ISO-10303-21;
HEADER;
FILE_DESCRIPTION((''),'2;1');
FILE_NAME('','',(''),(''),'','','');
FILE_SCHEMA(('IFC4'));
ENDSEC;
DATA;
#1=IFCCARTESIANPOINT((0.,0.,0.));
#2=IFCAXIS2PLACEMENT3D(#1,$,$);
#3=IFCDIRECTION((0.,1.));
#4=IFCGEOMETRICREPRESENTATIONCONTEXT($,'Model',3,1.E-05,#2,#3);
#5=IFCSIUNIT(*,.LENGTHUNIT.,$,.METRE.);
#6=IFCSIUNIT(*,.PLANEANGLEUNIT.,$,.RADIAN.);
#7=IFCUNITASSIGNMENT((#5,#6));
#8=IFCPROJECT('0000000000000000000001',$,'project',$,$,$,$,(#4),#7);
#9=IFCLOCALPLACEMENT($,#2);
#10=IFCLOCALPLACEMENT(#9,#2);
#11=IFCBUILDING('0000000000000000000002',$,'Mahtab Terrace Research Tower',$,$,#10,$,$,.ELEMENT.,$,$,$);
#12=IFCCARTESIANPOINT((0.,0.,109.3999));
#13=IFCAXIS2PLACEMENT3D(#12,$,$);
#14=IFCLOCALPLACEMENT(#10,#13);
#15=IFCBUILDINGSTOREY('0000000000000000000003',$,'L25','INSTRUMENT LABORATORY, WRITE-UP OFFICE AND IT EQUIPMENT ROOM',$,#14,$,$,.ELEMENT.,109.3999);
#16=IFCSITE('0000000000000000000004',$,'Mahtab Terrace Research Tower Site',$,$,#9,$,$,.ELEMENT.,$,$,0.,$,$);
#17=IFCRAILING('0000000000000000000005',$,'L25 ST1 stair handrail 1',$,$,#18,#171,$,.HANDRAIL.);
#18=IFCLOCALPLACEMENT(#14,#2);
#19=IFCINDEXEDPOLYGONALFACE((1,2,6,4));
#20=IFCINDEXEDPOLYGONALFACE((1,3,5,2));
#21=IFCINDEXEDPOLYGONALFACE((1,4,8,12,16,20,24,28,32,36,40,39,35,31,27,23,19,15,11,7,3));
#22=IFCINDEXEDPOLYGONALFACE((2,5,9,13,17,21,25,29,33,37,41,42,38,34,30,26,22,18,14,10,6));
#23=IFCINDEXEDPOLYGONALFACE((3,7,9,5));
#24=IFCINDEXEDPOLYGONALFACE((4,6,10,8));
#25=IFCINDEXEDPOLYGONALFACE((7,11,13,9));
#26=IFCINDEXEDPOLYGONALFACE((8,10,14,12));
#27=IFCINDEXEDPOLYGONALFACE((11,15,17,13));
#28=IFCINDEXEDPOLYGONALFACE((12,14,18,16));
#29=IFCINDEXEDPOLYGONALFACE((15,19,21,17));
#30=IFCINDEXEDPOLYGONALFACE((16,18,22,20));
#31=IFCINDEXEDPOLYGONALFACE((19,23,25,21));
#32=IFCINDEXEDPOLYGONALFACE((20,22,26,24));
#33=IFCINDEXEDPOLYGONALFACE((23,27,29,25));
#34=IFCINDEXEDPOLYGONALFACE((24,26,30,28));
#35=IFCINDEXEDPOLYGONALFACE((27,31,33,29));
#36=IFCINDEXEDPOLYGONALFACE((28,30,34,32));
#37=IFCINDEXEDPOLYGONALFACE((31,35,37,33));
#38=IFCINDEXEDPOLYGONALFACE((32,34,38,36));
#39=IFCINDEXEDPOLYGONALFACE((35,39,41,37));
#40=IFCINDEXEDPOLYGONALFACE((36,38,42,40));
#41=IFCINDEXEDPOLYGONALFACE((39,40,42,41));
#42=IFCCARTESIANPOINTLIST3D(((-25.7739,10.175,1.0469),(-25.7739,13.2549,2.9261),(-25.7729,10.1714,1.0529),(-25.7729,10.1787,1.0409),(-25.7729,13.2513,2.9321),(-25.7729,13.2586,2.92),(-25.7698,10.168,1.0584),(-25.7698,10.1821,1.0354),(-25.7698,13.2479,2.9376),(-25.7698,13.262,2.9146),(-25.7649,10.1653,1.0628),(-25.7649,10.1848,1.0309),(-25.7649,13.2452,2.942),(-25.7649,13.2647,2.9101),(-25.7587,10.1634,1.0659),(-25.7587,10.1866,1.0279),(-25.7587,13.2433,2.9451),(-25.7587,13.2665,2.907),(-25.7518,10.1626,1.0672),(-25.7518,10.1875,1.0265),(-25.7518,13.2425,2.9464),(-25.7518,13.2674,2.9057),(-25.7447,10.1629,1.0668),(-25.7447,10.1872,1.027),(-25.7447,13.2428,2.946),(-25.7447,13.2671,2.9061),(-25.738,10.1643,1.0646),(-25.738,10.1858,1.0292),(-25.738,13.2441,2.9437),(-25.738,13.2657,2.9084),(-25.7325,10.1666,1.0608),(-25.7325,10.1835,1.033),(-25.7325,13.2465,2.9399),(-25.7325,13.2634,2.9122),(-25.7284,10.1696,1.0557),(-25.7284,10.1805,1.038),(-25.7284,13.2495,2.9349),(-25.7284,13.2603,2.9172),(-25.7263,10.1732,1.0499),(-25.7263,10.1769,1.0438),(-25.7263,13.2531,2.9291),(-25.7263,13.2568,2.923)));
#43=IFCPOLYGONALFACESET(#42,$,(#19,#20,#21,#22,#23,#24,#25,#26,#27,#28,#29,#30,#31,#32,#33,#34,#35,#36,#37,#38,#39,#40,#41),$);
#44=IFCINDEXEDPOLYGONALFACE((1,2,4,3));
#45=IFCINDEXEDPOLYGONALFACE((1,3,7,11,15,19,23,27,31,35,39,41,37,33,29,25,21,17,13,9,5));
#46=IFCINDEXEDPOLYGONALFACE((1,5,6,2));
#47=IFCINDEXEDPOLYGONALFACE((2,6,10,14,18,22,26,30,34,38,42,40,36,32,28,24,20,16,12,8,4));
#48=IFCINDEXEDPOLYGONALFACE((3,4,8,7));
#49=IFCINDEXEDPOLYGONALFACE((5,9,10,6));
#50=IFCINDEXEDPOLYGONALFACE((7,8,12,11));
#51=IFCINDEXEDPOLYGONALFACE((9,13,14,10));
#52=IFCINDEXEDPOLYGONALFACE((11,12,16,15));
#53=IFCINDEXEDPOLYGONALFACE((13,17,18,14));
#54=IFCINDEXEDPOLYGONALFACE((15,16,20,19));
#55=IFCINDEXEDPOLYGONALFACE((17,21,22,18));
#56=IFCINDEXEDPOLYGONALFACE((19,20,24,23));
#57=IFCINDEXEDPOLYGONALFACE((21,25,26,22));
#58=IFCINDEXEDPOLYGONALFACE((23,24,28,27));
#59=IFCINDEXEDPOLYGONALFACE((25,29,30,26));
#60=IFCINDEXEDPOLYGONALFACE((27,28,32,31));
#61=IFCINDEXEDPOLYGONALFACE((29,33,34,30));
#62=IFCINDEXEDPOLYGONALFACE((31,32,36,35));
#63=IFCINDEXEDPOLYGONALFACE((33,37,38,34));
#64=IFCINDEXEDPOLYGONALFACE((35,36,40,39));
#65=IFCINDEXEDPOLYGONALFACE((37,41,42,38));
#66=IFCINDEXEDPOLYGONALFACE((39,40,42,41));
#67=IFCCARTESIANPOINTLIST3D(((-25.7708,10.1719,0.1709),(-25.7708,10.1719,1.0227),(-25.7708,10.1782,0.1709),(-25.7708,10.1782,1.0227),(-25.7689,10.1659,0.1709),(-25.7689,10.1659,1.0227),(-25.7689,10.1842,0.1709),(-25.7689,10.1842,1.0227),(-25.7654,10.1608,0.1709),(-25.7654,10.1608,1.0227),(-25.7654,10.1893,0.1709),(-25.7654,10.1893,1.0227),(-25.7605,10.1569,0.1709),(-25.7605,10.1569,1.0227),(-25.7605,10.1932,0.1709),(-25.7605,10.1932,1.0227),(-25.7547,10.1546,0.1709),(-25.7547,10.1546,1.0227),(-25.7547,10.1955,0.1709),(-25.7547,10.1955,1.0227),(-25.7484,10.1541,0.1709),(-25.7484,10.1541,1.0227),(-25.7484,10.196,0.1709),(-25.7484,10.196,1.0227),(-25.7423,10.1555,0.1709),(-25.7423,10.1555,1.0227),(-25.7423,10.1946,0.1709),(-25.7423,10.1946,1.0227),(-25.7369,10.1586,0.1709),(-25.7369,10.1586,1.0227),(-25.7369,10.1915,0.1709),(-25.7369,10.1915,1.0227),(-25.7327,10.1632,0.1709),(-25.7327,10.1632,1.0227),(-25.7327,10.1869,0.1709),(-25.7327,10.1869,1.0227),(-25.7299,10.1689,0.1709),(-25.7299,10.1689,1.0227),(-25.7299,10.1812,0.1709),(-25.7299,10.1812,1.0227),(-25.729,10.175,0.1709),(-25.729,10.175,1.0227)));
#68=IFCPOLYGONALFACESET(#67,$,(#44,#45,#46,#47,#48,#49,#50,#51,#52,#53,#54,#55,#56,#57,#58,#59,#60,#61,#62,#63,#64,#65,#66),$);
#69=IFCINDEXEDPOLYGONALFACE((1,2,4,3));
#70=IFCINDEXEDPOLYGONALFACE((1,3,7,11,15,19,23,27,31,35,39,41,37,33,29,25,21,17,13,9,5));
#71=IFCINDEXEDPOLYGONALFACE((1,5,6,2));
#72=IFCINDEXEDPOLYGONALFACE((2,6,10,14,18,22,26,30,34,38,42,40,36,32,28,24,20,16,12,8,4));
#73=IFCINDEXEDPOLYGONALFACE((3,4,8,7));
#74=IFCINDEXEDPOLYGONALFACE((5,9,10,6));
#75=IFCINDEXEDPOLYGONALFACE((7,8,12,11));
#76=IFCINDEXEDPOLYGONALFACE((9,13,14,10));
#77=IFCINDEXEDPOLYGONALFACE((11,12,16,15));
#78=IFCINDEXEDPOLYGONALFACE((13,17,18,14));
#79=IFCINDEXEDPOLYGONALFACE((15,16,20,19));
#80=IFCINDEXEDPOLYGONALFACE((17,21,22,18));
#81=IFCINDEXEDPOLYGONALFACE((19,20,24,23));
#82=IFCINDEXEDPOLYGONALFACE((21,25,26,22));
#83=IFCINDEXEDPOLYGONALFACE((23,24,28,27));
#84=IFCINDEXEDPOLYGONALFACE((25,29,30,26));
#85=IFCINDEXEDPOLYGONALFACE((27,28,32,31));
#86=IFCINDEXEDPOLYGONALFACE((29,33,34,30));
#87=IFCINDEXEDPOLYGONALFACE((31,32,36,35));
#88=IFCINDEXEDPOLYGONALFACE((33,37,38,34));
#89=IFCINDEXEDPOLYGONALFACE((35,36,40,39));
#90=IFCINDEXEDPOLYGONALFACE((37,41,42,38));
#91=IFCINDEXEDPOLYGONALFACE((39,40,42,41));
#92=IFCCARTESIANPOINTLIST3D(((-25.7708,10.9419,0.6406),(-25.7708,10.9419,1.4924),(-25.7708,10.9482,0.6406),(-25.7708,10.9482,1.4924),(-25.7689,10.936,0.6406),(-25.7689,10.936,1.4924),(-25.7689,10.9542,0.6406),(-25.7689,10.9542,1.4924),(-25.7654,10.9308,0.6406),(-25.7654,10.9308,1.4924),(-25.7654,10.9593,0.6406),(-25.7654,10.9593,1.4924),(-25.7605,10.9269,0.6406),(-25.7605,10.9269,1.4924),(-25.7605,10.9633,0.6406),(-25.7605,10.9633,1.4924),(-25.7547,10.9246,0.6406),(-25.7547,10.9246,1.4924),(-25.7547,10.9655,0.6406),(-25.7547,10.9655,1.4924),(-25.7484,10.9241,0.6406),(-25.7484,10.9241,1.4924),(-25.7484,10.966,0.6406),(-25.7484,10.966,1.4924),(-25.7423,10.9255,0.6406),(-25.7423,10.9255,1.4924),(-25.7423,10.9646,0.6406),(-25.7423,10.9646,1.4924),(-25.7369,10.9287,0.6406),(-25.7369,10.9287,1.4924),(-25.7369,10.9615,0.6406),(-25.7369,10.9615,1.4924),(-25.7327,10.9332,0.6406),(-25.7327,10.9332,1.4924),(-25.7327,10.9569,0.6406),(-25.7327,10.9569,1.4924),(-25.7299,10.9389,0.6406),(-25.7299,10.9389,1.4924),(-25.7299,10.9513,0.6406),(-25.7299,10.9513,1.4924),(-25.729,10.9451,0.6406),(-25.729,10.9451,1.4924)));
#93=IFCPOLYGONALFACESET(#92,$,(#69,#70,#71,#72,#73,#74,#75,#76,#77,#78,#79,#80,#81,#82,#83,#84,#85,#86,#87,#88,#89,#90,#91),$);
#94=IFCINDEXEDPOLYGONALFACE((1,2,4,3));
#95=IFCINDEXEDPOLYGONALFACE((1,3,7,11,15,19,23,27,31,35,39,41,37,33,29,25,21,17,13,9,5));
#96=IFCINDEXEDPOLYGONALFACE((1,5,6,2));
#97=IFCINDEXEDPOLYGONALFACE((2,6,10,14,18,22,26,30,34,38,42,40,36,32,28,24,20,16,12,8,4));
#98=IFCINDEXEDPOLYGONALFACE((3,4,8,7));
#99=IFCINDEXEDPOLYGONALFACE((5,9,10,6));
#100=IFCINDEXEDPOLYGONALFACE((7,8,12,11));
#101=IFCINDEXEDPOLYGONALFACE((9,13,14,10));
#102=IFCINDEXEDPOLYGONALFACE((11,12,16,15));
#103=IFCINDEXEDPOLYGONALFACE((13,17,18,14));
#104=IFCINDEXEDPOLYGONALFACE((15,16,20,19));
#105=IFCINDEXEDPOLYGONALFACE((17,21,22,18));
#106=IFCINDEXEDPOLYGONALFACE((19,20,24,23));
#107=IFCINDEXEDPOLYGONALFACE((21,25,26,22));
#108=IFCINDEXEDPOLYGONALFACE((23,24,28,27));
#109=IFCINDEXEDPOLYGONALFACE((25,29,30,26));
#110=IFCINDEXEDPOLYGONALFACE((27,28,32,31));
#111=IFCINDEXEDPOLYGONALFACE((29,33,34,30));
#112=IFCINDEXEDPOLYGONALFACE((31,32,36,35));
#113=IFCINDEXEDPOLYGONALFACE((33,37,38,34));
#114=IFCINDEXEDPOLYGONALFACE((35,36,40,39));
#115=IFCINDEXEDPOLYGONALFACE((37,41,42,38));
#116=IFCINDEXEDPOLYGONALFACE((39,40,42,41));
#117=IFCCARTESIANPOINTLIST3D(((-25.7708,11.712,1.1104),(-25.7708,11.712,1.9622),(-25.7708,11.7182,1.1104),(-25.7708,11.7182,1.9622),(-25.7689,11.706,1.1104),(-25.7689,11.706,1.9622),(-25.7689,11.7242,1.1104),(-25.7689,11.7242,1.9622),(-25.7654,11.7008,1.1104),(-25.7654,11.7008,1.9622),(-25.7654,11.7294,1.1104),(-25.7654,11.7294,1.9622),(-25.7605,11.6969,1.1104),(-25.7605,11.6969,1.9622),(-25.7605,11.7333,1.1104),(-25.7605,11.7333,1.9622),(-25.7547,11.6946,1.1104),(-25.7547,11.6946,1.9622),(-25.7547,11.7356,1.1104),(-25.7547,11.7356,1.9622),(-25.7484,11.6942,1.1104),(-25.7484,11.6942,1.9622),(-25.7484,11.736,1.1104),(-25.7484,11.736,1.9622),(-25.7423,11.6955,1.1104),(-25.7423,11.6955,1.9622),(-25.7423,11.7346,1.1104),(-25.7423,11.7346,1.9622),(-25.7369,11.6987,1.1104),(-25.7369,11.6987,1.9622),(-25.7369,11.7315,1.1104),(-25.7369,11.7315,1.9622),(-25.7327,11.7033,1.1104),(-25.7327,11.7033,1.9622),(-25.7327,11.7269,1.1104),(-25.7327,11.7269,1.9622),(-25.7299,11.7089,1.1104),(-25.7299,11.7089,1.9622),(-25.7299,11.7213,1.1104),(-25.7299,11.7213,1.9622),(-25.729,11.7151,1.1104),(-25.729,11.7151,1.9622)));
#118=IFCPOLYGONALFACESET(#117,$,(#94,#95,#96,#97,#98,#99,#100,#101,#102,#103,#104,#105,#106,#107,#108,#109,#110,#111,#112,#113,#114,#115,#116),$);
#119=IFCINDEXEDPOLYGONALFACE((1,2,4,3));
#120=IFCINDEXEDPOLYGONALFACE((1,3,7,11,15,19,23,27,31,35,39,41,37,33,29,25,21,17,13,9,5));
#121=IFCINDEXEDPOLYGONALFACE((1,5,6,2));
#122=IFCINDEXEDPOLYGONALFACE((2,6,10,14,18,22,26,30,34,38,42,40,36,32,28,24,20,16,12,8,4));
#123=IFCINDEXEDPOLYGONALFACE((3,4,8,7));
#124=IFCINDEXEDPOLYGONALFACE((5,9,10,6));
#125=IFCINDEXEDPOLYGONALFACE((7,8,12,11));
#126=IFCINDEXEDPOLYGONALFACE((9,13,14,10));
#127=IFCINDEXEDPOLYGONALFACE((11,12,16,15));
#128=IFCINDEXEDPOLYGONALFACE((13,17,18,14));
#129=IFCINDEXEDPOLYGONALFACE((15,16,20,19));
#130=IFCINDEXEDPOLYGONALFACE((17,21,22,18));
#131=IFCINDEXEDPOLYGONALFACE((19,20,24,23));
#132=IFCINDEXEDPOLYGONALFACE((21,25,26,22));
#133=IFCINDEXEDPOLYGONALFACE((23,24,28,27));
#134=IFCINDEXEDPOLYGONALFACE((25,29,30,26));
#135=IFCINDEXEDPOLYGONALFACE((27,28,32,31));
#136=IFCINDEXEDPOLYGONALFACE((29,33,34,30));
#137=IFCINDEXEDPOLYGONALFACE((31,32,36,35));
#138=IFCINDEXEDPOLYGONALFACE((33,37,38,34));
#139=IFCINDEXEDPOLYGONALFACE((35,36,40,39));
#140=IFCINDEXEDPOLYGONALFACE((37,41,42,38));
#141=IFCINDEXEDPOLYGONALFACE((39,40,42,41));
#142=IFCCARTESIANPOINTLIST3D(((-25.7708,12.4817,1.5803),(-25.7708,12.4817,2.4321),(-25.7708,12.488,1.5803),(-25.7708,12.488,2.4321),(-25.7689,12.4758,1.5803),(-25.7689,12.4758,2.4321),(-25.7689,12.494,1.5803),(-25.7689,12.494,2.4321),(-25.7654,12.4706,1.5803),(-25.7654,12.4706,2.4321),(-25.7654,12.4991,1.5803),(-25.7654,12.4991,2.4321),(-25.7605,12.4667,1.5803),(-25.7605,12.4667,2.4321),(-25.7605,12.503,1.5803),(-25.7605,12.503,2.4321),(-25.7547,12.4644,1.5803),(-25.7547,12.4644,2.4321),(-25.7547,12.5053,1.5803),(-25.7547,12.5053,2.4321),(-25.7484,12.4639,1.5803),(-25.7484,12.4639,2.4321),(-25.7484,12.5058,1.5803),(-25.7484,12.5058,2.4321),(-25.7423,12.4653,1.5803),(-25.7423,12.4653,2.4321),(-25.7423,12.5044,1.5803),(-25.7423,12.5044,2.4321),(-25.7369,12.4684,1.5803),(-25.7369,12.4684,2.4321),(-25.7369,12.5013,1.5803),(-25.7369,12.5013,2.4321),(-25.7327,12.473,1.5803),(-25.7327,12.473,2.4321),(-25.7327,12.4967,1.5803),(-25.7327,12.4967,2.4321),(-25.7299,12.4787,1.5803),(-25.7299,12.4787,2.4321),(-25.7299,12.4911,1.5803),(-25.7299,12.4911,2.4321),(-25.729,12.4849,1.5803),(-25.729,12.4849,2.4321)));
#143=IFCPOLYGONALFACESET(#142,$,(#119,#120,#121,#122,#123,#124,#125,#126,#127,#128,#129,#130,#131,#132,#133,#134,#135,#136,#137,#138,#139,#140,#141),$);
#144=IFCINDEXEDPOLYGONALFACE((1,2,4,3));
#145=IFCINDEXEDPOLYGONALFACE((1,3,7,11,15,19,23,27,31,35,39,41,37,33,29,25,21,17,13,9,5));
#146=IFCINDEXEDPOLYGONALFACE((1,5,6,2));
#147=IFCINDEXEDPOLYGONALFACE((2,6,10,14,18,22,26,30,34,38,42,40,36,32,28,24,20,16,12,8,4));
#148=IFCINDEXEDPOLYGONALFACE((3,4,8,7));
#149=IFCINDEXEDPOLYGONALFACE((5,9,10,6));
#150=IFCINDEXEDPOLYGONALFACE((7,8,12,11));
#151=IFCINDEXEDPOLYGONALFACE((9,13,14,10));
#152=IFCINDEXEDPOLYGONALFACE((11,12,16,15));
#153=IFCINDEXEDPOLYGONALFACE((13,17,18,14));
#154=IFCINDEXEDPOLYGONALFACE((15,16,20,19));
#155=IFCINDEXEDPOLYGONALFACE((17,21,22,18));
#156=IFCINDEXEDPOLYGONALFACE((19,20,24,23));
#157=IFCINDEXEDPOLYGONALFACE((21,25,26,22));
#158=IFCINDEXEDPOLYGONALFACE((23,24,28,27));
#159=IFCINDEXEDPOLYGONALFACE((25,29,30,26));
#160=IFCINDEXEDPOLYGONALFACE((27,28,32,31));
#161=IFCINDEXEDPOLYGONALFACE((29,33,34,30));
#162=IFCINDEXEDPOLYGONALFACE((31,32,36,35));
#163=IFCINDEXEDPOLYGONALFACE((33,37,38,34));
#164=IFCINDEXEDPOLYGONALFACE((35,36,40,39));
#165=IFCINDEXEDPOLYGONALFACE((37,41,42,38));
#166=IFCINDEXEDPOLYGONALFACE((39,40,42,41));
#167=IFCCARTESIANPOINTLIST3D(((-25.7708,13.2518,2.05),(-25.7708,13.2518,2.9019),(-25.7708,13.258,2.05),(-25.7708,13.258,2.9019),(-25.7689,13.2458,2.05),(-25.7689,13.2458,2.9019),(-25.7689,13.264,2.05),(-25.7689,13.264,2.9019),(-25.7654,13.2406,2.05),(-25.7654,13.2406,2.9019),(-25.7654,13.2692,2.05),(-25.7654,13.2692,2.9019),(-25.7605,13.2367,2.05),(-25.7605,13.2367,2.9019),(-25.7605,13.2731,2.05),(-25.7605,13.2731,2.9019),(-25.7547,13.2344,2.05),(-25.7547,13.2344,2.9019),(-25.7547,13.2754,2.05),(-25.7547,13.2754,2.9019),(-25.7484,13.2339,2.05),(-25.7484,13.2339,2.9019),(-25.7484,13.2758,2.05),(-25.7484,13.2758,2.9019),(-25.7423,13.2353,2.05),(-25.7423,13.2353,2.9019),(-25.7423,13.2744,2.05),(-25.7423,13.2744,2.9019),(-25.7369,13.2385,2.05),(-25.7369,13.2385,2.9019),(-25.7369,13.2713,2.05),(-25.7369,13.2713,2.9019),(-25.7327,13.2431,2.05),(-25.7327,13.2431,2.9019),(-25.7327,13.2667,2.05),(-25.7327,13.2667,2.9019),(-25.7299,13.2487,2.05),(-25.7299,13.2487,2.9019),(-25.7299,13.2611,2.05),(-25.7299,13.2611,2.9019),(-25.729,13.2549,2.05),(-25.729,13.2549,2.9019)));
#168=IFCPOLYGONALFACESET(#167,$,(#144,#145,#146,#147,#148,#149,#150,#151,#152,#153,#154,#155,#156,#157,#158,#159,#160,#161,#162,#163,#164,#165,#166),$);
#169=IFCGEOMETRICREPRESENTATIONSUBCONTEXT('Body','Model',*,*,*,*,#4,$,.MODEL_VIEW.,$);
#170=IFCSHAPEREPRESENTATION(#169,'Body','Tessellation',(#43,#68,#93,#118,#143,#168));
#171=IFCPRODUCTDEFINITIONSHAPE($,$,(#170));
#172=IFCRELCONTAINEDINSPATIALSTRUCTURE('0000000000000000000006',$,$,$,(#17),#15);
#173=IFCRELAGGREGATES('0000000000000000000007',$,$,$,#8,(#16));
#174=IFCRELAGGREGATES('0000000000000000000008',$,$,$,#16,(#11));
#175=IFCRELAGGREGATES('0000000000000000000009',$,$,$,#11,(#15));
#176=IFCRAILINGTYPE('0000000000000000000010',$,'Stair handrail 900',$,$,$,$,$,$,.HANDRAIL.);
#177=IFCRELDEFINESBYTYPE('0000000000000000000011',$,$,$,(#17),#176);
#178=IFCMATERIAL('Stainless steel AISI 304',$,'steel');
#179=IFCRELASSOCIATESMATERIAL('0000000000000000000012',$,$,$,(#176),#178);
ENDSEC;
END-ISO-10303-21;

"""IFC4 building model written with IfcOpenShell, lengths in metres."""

from ifc_helpers import new_model, si_unit, direction, frame, origin, origin_2d, place, context, subcontext, project, spatial, circle, extrude, material, type_object, element, save


model = new_model("IFC4")

# Units and contexts
model_context = context("Model", 3, precision=1e-05, world=origin(), true_north=direction((0.0, 1.0)))
body_context = subcontext(model_context, "Body", "Model", "MODEL_VIEW")
ifc_project = project(units=[si_unit("LENGTHUNIT", "METRE"), si_unit("PLANEANGLEUNIT", "RADIAN")], contexts=[model_context])

# Site, building, storey
site_placement = place(None, origin())
site = spatial("IfcSite", under=ifc_project, at=site_placement, Name="Mahtab Terrace Research Tower Site", CompositionType="ELEMENT", RefElevation=0.0)
building_placement = place(site_placement, origin())
building = spatial("IfcBuilding", under=site, at=building_placement, Name="Mahtab Terrace Research Tower", CompositionType="ELEMENT")
storey_placement = place(building_placement, frame((0.0, 0.0, 109.3999)))
storey = spatial("IfcBuildingStorey", under=building, at=storey_placement, Name="L25", Description="INSTRUMENT LABORATORY, WRITE-UP OFFICE AND IT EQUIPMENT ROOM", CompositionType="ELEMENT", Elevation=109.3999)

# Railing
ifc_material_1 = material(Name="Stainless steel AISI 304", Category="steel")
railing_type_1 = type_object("IfcRailingType", Name="Stair handrail 900", PredefinedType="HANDRAIL", material=ifc_material_1)
railing_1_placement = place(storey_placement, frame((-25.75, 10.175, 0.1709)))
element("IfcRailing", 1, at=railing_1_placement, inside=storey, type_object=railing_type_1, Name="L25 ST1 stair handrail 1", PredefinedType="HANDRAIL", context=body_context, shape_type="SweptSolid", body=[
    extrude(circle(Radius=0.0239, at=origin_2d()), frame((0.0, 0.0, 0.876), z_axis=(0.0, 0.853648, 0.52085), x_axis=(-1.0, 0.0, 0.0)), (0.0, 0.0, 1.0), 3.6079),
    extrude(circle(Radius=0.021, at=origin_2d()), origin(), (0.0, 0.0, 1.0), 0.8518),
    extrude(circle(Radius=0.021, at=origin_2d()), frame((0.0, 0.77, 0.4697)), (0.0, 0.0, 1.0), 0.8518),
    extrude(circle(Radius=0.021, at=origin_2d()), frame((0.0, 1.54, 0.9395)), (0.0, 0.0, 1.0), 0.8518),
    extrude(circle(Radius=0.021, at=origin_2d()), frame((0.0, 2.3098, 1.4094)), (0.0, 0.0, 1.0), 0.8518),
    extrude(circle(Radius=0.021, at=origin_2d()), frame((0.0, 3.0798, 1.8792)), (0.0, 0.0, 1.0), 0.8518),
])

save(model, "model.ifc")
